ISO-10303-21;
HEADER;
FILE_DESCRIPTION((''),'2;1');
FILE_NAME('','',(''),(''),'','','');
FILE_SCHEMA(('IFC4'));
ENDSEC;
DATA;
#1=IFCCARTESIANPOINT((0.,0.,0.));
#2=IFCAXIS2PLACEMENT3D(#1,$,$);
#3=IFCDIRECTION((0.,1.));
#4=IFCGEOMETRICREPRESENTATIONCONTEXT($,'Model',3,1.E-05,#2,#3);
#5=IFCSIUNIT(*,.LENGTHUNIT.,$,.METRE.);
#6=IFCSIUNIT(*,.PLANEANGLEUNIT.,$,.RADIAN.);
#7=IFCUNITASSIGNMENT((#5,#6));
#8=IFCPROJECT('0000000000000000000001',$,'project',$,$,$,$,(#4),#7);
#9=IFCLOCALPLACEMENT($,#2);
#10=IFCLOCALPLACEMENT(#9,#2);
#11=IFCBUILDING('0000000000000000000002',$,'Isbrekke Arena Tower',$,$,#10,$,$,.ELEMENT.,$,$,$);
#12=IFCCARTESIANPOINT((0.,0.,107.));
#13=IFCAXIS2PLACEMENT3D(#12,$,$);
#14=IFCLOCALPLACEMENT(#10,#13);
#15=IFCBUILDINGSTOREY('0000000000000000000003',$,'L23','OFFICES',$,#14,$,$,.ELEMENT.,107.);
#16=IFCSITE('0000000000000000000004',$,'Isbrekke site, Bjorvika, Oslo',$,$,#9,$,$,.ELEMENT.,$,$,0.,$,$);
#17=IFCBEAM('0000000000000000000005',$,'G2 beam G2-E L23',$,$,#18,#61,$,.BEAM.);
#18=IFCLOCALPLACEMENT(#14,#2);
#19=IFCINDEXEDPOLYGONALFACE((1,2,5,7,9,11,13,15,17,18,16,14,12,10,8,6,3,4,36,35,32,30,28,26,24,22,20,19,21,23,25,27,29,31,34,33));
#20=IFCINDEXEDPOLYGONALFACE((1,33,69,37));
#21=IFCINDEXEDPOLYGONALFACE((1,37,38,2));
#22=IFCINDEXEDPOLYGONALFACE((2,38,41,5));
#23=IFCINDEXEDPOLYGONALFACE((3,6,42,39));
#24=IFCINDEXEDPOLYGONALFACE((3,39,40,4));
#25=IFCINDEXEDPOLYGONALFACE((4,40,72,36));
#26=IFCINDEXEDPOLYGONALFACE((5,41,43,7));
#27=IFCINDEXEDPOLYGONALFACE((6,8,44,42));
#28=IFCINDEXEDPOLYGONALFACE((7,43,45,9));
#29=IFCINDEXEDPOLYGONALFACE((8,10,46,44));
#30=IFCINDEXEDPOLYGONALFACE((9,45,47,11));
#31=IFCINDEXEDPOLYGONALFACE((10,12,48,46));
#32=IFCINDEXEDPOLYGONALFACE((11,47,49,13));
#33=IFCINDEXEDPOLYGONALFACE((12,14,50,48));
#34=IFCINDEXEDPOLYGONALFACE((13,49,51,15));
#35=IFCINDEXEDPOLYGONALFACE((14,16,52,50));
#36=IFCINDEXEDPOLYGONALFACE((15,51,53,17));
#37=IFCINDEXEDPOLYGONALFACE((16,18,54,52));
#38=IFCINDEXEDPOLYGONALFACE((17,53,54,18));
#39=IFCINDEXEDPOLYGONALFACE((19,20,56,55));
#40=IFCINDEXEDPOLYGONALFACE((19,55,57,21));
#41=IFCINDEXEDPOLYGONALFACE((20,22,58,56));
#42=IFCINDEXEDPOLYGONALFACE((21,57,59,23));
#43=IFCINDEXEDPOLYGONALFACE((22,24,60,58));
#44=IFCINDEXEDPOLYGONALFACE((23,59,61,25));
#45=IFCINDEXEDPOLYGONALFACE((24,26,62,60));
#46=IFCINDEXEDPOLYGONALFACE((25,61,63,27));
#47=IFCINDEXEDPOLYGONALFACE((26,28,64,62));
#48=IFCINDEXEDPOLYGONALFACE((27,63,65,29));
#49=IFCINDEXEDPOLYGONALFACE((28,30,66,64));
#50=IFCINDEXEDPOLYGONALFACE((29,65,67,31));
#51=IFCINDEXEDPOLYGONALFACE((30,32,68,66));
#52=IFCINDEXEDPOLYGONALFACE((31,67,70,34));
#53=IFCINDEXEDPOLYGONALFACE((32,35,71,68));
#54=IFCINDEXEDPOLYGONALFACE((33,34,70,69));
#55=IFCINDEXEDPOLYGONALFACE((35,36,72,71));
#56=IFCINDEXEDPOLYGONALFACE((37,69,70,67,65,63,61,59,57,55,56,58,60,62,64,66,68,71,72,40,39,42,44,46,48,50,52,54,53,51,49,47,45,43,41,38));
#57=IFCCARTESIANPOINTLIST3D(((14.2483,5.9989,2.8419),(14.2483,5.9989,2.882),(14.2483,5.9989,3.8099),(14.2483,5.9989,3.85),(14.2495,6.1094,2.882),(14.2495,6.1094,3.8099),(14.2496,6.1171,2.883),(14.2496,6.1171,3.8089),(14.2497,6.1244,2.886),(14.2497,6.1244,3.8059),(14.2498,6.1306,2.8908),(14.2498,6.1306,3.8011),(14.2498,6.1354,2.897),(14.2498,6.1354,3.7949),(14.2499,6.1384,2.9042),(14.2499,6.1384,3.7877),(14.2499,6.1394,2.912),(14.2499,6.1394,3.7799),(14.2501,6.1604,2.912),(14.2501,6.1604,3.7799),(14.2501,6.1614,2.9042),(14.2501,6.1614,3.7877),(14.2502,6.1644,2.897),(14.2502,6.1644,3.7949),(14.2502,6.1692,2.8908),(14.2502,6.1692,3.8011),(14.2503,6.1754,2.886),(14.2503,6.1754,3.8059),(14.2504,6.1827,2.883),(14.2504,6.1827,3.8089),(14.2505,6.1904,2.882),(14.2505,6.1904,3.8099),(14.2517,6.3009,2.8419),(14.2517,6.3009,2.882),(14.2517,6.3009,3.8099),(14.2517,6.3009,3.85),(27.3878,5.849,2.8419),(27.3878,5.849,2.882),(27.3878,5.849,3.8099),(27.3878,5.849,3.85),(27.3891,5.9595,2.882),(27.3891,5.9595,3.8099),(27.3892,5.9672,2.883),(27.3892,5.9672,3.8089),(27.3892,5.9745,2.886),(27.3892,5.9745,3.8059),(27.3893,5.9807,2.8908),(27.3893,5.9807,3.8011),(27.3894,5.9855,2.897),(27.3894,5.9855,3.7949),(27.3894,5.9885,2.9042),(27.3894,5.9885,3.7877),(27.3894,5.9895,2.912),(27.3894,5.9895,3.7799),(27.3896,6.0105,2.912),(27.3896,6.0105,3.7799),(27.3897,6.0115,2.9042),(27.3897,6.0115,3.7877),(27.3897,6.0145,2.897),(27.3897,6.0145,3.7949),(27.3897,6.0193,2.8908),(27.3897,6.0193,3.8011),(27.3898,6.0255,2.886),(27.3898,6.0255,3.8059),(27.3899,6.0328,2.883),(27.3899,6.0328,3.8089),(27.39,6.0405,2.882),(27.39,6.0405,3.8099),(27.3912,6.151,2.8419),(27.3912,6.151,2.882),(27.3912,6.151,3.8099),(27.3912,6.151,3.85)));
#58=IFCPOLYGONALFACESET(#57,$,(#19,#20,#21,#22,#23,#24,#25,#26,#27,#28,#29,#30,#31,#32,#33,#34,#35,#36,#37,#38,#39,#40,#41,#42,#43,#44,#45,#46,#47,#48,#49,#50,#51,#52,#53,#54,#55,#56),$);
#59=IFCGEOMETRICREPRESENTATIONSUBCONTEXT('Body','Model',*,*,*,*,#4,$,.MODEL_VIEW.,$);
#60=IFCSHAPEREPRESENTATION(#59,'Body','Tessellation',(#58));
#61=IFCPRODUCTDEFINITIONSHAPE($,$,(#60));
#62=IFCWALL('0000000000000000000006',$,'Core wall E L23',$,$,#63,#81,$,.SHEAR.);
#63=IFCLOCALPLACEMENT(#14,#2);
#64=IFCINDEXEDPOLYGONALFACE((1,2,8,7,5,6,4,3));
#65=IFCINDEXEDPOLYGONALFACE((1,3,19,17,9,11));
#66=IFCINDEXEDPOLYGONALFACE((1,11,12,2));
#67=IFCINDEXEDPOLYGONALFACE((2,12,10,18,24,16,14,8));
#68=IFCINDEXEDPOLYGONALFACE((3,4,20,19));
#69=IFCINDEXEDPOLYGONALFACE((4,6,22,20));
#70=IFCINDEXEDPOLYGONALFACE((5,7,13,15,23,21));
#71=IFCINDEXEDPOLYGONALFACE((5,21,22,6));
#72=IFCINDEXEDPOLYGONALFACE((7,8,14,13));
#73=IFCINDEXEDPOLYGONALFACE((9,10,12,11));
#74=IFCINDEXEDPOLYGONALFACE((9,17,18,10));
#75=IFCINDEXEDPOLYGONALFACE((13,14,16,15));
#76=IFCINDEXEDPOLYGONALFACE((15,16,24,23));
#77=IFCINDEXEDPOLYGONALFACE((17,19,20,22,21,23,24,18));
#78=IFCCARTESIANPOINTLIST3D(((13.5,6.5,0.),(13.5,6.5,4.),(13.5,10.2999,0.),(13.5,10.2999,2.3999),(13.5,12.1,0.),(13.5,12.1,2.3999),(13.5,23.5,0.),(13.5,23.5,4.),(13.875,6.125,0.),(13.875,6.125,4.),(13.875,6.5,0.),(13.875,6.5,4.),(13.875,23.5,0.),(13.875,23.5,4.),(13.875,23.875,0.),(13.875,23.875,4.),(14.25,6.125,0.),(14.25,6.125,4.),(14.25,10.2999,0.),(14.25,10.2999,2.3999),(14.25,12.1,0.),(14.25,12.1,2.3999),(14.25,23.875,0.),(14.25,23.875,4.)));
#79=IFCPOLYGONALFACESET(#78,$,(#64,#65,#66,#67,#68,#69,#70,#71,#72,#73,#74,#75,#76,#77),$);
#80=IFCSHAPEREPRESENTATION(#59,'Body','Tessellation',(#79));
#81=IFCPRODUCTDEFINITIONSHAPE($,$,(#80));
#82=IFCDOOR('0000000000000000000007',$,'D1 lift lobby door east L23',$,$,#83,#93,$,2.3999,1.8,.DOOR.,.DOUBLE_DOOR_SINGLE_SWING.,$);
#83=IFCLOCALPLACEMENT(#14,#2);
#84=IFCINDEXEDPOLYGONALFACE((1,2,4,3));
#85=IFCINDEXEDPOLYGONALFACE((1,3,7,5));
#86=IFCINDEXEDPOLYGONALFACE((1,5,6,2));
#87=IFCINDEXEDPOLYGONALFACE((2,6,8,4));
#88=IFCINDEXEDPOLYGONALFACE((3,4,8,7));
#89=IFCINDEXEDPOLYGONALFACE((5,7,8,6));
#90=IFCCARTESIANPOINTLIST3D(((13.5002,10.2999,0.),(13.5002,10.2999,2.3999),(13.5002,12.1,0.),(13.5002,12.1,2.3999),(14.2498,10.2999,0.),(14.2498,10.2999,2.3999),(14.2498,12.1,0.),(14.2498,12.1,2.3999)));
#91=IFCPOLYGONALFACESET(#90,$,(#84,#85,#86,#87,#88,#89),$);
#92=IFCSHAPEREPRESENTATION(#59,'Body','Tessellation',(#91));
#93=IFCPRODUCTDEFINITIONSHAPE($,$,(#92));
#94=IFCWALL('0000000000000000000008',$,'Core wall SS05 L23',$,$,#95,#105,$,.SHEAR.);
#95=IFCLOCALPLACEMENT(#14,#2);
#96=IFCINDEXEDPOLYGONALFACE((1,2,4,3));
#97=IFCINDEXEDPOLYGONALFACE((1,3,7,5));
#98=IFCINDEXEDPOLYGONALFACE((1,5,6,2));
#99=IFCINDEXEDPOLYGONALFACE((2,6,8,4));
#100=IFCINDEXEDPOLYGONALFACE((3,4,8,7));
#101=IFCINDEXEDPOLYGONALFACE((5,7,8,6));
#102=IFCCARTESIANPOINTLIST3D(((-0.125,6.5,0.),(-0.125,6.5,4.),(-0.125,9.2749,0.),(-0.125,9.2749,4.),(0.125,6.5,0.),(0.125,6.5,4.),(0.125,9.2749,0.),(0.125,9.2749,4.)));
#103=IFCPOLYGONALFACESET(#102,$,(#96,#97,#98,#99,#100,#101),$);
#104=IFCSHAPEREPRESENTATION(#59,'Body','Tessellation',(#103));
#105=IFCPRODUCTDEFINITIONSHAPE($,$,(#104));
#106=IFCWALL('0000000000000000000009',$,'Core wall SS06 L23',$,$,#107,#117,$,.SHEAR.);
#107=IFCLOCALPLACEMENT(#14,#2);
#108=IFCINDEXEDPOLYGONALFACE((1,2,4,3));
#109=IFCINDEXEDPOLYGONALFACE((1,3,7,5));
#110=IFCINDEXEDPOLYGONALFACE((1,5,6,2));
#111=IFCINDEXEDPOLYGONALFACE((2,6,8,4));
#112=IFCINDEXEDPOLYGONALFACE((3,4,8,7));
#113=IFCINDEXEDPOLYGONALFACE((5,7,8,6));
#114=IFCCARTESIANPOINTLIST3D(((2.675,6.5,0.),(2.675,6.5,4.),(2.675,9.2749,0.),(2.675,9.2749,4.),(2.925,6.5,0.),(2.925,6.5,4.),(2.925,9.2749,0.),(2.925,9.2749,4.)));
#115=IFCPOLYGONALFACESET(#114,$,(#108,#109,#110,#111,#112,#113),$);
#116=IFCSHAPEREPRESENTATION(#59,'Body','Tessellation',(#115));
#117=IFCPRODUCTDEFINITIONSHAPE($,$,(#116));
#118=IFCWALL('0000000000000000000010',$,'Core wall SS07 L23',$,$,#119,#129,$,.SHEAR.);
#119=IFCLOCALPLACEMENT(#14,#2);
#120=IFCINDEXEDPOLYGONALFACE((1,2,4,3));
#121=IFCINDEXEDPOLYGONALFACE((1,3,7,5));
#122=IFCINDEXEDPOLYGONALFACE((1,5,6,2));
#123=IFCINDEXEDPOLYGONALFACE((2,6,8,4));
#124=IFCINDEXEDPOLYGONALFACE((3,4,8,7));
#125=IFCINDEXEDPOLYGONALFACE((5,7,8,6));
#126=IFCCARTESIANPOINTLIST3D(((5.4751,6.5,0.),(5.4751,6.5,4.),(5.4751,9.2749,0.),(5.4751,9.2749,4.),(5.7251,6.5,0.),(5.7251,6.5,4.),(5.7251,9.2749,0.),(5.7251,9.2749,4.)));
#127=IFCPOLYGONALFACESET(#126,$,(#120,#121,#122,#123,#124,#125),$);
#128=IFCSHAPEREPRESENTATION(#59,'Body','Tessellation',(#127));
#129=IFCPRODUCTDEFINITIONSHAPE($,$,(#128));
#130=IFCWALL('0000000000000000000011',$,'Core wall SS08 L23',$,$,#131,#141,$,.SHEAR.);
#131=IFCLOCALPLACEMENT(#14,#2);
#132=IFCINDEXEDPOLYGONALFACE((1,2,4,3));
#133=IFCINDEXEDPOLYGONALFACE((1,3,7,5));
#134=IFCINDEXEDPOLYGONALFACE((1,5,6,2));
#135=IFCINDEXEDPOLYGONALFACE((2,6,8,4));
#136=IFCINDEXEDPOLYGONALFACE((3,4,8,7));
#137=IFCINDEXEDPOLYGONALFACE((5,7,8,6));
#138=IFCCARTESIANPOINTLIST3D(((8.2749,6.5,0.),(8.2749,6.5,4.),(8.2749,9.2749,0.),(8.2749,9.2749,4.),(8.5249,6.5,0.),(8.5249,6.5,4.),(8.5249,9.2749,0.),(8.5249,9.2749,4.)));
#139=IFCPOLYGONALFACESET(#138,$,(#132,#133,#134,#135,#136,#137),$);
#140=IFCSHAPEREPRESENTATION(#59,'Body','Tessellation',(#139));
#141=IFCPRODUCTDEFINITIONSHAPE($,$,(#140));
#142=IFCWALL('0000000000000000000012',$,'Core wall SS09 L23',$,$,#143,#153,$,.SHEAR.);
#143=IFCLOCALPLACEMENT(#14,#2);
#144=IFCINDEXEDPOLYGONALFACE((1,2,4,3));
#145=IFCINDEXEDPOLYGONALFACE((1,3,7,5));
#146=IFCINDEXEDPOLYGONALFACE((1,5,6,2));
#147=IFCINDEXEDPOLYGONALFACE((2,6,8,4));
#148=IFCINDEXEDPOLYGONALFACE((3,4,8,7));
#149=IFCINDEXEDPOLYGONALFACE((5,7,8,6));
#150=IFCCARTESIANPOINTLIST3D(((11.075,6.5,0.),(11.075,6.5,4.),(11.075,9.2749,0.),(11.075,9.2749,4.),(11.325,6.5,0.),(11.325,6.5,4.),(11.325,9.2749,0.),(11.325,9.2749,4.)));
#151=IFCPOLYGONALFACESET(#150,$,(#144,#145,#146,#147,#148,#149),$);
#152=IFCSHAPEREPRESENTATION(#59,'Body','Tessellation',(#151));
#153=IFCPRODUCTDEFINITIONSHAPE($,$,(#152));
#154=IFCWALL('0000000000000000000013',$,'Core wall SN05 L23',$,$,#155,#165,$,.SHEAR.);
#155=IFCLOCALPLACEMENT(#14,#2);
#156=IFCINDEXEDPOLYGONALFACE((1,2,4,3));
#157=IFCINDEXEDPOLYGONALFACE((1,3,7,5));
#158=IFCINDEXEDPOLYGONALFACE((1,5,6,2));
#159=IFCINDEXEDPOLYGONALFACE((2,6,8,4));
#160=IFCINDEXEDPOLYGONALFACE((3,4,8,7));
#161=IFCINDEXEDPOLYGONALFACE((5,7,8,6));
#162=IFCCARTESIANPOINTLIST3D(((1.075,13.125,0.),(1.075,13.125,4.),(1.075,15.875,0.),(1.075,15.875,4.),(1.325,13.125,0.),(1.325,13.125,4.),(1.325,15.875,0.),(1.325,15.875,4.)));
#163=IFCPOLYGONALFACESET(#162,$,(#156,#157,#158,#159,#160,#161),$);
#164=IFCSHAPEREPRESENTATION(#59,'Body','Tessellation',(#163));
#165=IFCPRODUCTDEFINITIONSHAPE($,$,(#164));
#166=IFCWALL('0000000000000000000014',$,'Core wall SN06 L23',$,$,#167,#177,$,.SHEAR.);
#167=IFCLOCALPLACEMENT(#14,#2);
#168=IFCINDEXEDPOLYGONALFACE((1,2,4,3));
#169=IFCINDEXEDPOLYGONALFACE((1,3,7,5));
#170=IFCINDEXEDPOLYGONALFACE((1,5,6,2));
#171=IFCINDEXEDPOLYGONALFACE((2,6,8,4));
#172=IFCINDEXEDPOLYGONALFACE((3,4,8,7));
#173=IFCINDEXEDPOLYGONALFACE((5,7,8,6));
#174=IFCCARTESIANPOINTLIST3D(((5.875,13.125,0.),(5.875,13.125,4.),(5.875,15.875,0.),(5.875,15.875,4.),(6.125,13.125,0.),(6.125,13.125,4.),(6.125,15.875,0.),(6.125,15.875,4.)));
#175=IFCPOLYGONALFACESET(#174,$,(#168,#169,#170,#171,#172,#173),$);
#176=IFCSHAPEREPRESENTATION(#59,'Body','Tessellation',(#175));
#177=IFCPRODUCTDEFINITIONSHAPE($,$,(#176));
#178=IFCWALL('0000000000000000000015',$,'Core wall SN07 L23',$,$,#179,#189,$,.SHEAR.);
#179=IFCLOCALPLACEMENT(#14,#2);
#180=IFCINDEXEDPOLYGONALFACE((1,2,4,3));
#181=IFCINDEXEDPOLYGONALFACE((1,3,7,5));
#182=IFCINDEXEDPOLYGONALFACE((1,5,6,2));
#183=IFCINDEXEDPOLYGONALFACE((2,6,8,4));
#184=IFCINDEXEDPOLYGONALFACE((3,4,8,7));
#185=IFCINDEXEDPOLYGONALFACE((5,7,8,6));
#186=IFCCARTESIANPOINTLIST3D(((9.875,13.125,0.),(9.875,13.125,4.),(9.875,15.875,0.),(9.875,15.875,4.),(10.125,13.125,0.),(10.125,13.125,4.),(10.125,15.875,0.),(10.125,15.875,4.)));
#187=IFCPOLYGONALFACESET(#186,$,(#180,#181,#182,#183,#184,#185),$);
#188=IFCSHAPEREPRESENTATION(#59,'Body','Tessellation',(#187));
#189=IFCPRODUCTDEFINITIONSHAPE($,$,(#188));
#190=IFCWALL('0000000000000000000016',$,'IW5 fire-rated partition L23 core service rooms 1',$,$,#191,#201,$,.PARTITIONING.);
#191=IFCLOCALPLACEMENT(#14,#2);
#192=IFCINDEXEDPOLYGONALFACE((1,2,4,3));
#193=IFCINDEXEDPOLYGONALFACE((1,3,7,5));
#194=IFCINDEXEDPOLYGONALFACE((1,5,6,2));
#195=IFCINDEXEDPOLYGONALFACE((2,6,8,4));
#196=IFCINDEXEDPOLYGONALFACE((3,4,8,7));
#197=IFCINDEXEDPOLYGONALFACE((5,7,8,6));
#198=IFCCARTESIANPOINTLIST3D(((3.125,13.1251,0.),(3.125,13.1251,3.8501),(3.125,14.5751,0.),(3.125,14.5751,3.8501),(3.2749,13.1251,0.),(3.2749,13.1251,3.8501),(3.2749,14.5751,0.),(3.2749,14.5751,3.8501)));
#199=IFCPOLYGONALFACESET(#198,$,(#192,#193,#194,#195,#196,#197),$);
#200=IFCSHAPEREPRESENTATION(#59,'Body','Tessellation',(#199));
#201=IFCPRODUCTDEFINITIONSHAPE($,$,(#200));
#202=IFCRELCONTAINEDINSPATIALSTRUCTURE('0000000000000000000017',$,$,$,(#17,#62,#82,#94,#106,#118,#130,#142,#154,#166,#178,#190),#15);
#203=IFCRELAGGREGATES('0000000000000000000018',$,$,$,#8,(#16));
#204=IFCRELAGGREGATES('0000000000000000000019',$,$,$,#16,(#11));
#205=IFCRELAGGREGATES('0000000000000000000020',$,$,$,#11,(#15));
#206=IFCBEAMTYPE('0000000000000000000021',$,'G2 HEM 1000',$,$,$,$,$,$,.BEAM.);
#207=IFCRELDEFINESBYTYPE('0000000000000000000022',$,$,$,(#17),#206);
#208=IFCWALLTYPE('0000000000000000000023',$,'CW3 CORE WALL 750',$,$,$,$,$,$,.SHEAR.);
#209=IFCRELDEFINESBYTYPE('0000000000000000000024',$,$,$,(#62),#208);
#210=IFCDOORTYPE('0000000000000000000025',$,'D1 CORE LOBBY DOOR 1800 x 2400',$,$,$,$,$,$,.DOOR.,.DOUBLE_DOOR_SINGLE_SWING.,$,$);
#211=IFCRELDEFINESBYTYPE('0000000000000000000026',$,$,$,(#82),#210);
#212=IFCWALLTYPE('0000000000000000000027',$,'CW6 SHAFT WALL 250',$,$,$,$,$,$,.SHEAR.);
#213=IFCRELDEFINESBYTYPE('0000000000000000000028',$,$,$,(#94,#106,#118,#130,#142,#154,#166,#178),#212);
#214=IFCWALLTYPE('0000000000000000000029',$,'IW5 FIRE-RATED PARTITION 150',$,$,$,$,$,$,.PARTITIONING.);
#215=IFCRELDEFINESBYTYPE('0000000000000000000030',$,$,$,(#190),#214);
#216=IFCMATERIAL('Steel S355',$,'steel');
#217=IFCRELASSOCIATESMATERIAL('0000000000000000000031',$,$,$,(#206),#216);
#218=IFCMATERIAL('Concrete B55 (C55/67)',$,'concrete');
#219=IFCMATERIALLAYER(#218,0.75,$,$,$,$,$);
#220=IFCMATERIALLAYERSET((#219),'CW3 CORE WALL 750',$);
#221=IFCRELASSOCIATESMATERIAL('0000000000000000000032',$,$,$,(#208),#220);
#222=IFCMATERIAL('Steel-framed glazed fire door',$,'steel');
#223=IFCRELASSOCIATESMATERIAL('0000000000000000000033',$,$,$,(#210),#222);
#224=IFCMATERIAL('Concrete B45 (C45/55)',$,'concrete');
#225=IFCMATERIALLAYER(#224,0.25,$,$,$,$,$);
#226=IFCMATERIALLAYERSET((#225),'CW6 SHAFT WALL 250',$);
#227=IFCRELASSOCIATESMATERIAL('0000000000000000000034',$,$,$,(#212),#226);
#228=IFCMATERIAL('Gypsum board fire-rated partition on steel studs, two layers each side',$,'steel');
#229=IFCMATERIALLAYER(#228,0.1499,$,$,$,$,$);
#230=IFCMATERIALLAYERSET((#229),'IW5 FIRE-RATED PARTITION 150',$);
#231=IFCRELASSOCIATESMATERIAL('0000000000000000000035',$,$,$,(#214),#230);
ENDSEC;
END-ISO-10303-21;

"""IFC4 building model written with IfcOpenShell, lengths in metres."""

from ifc_helpers import new_model, si_unit, direction, frame, frame_2d, origin, origin_2d, place, context, subcontext, project, spatial, polyline, rectangle, i_section, outline, extrude, material, layer, layer_set, material_profile, profile_set, type_object, element, fill, save


model = new_model("IFC4")

# Units and contexts
model_context = context("Model", 3, precision=1e-05, world=origin(), true_north=direction((0.0, 1.0)))
body_context = subcontext(model_context, "Body", "Model", "MODEL_VIEW")
ifc_project = project(units=[si_unit("LENGTHUNIT", "METRE"), si_unit("PLANEANGLEUNIT", "RADIAN")], contexts=[model_context])

# Site, building, storey
site_placement = place(None, origin())
site = spatial("IfcSite", under=ifc_project, at=site_placement, Name="Isbrekke site, Bjorvika, Oslo", CompositionType="ELEMENT", RefElevation=0.0)
building_placement = place(site_placement, origin())
building = spatial("IfcBuilding", under=site, at=building_placement, Name="Isbrekke Arena Tower", CompositionType="ELEMENT")
storey_placement = place(building_placement, frame((0.0, 0.0, 107.0)))
storey = spatial("IfcBuildingStorey", under=building, at=storey_placement, Name="L23", Description="OFFICES", CompositionType="ELEMENT", Elevation=107.0)

# Beam
ifc_material_1 = material(Name="Steel S355", Category="steel")
ifc_material_profile = material_profile(ifc_material_1, i_section(OverallWidth=0.302, OverallDepth=1.0081, WebThickness=0.021, FlangeThickness=0.04, FilletRadius=0.03, at=origin_2d()), Name="HEM 1000")
ifc_profile_set = profile_set([ifc_material_profile], Name="Steel S355")
beam_type = type_object("IfcBeamType", Name="G2 HEM 1000", PredefinedType="BEAM", material=ifc_profile_set)
beam_placement = place(storey_placement, frame((14.25, 6.1499, 3.3459), z_axis=(0.999935, -0.011408, 0.0), x_axis=(0.011408, 0.999935, 0.0)))
element("IfcBeam", 1, at=beam_placement, inside=storey, type_object=beam_type, Name="G2 beam G2-E L23", PredefinedType="BEAM", context=body_context, shape_type="SweptSolid", body=[
    extrude(i_section(OverallWidth=0.302, OverallDepth=1.0081, WebThickness=0.021, FlangeThickness=0.04, FilletRadius=0.03, at=origin_2d()), origin(), (0.0, 0.0, 1.0), 13.1404),
])

# Wall, opening, door
ifc_material_2 = material(Name="Concrete B55 (C55/67)", Category="concrete")
ifc_layer_1 = layer(ifc_material_2, 0.75)
ifc_layer_set_1 = layer_set([ifc_layer_1], Name="CW3 CORE WALL 750")
wall_type_1 = type_object("IfcWallType", Name="CW3 CORE WALL 750", PredefinedType="SHEAR", material=ifc_layer_set_1)
wall_1_placement = place(storey_placement, frame((13.875, 6.125, 0.0), z_axis=(0.0, 0.0, 1.0), x_axis=(0.0, 1.0, 0.0)))
wall_1 = element("IfcWall", 2, at=wall_1_placement, inside=storey, type_object=wall_type_1, Name="Core wall E L23", PredefinedType="SHEAR", context=body_context, shape_type="SweptSolid", body=[
    extrude(outline(polyline([(0.0, -0.375), (17.75, -0.375), (17.75, 0.0), (17.375, 0.0), (17.375, 0.375), (0.375, 0.375), (0.375, 0.0), (0.0, 0.0), (0.0, -0.375)])), origin(), (0.0, 0.0, 1.0), 4.0),
])
opening_placement = place(wall_1_placement, frame((4.175, 0.0, 0.0)))
opening = element("IfcOpeningElement", 3, at=opening_placement, cuts=wall_1, PredefinedType="OPENING", context=body_context, shape_type="SweptSolid", body=[
    extrude(rectangle(XDim=1.8, YDim=2.3999, at=frame_2d((0.8999, 1.2))), frame((0.0, 0.3899, 0.0), z_axis=(0.0, -1.0, 0.0), x_axis=(1.0, 0.0, 0.0)), (0.0, 0.0, 1.0), 0.7798),
])
ifc_material_3 = material(Name="Steel-framed glazed fire door", Category="steel")
door_type = type_object("IfcDoorType", Name="D1 CORE LOBBY DOOR 1800 x 2400", OperationType="DOUBLE_DOOR_SINGLE_SWING", PredefinedType="DOOR", material=ifc_material_3)
door_placement = place(opening_placement, origin())
door = element("IfcDoor", 4, at=door_placement, inside=storey, type_object=door_type, Name="D1 lift lobby door east L23", OperationType="DOUBLE_DOOR_SINGLE_SWING", OverallHeight=2.3999, OverallWidth=1.8, PredefinedType="DOOR", context=body_context, shape_type="SweptSolid", body=[
    extrude(rectangle(XDim=1.8, YDim=2.3999, at=frame_2d((0.8999, 1.2))), frame((0.0, 0.3748, 0.0), z_axis=(0.0, -1.0, 0.0), x_axis=(1.0, 0.0, 0.0)), (0.0, 0.0, 1.0), 0.7495),
])
fill(opening, door)

# Walls
ifc_material_4 = material(Name="Concrete B45 (C45/55)", Category="concrete")
ifc_layer_2 = layer(ifc_material_4, 0.25)
ifc_layer_set_2 = layer_set([ifc_layer_2], Name="CW6 SHAFT WALL 250")
wall_type_2 = type_object("IfcWallType", Name="CW6 SHAFT WALL 250", PredefinedType="SHEAR", material=ifc_layer_set_2)
for number, where, z_axis, x_axis, name in (
    (5, (0.0, 6.5, 0.0), (0.0, 0.0, 1.0), (0.0, 1.0, 0.0), "Core wall SS05 L23"),
    (6, (2.8, 6.5, 0.0), (0.0, 0.0, 1.0), (0.0, 1.0, 0.0), "Core wall SS06 L23"),
    (7, (5.6001, 6.5, 0.0), (0.0, 0.0, 1.0), (0.0, 1.0, 0.0), "Core wall SS07 L23"),
    (8, (8.3999, 6.5, 0.0), (0.0, 0.0, 1.0), (0.0, 1.0, 0.0), "Core wall SS08 L23"),
    (9, (11.2, 6.5, 0.0), (0.0, 0.0, 1.0), (0.0, 1.0, 0.0), "Core wall SS09 L23"),
):
    element("IfcWall", number, at=place(storey_placement, frame(where, z_axis=z_axis, x_axis=x_axis)), inside=storey, type_object=wall_type_2, Name=name, PredefinedType="SHEAR", context=body_context, shape_type="SweptSolid", body=[
        extrude(rectangle(XDim=2.7749, YDim=0.25, at=frame_2d((1.3875, 0.0))), origin(), (0.0, 0.0, 1.0), 4.0),
    ])
for number, where, z_axis, x_axis, name in (
    (10, (1.2, 13.125, 0.0), (0.0, 0.0, 1.0), (0.0, 1.0, 0.0), "Core wall SN05 L23"),
    (11, (6.0, 13.125, 0.0), (0.0, 0.0, 1.0), (0.0, 1.0, 0.0), "Core wall SN06 L23"),
    (12, (10.0, 13.125, 0.0), (0.0, 0.0, 1.0), (0.0, 1.0, 0.0), "Core wall SN07 L23"),
):
    element("IfcWall", number, at=place(storey_placement, frame(where, z_axis=z_axis, x_axis=x_axis)), inside=storey, type_object=wall_type_2, Name=name, PredefinedType="SHEAR", context=body_context, shape_type="SweptSolid", body=[
        extrude(rectangle(XDim=2.75, YDim=0.25, at=frame_2d((1.375, 0.0))), origin(), (0.0, 0.0, 1.0), 4.0),
    ])
ifc_material_5 = material(Name="Gypsum board fire-rated partition on steel studs, two layers each side", Category="steel")
ifc_layer_3 = layer(ifc_material_5, 0.1499)
ifc_layer_set_3 = layer_set([ifc_layer_3], Name="IW5 FIRE-RATED PARTITION 150")
wall_type_3 = type_object("IfcWallType", Name="IW5 FIRE-RATED PARTITION 150", PredefinedType="PARTITIONING", material=ifc_layer_set_3)
wall_2_placement = place(storey_placement, frame((3.2, 13.125, 0.0), z_axis=(0.0, 0.0, 1.0), x_axis=(0.0, 1.0, 0.0)))
element("IfcWall", 13, at=wall_2_placement, inside=storey, type_object=wall_type_3, Name="IW5 fire-rated partition L23 core service rooms 1", PredefinedType="PARTITIONING", context=body_context, shape_type="SweptSolid", body=[
    extrude(rectangle(XDim=1.45, YDim=0.1499, at=frame_2d((0.7251, 0.0))), origin(), (0.0, 0.0, 1.0), 3.8501),
])

save(model, "model.ifc")
